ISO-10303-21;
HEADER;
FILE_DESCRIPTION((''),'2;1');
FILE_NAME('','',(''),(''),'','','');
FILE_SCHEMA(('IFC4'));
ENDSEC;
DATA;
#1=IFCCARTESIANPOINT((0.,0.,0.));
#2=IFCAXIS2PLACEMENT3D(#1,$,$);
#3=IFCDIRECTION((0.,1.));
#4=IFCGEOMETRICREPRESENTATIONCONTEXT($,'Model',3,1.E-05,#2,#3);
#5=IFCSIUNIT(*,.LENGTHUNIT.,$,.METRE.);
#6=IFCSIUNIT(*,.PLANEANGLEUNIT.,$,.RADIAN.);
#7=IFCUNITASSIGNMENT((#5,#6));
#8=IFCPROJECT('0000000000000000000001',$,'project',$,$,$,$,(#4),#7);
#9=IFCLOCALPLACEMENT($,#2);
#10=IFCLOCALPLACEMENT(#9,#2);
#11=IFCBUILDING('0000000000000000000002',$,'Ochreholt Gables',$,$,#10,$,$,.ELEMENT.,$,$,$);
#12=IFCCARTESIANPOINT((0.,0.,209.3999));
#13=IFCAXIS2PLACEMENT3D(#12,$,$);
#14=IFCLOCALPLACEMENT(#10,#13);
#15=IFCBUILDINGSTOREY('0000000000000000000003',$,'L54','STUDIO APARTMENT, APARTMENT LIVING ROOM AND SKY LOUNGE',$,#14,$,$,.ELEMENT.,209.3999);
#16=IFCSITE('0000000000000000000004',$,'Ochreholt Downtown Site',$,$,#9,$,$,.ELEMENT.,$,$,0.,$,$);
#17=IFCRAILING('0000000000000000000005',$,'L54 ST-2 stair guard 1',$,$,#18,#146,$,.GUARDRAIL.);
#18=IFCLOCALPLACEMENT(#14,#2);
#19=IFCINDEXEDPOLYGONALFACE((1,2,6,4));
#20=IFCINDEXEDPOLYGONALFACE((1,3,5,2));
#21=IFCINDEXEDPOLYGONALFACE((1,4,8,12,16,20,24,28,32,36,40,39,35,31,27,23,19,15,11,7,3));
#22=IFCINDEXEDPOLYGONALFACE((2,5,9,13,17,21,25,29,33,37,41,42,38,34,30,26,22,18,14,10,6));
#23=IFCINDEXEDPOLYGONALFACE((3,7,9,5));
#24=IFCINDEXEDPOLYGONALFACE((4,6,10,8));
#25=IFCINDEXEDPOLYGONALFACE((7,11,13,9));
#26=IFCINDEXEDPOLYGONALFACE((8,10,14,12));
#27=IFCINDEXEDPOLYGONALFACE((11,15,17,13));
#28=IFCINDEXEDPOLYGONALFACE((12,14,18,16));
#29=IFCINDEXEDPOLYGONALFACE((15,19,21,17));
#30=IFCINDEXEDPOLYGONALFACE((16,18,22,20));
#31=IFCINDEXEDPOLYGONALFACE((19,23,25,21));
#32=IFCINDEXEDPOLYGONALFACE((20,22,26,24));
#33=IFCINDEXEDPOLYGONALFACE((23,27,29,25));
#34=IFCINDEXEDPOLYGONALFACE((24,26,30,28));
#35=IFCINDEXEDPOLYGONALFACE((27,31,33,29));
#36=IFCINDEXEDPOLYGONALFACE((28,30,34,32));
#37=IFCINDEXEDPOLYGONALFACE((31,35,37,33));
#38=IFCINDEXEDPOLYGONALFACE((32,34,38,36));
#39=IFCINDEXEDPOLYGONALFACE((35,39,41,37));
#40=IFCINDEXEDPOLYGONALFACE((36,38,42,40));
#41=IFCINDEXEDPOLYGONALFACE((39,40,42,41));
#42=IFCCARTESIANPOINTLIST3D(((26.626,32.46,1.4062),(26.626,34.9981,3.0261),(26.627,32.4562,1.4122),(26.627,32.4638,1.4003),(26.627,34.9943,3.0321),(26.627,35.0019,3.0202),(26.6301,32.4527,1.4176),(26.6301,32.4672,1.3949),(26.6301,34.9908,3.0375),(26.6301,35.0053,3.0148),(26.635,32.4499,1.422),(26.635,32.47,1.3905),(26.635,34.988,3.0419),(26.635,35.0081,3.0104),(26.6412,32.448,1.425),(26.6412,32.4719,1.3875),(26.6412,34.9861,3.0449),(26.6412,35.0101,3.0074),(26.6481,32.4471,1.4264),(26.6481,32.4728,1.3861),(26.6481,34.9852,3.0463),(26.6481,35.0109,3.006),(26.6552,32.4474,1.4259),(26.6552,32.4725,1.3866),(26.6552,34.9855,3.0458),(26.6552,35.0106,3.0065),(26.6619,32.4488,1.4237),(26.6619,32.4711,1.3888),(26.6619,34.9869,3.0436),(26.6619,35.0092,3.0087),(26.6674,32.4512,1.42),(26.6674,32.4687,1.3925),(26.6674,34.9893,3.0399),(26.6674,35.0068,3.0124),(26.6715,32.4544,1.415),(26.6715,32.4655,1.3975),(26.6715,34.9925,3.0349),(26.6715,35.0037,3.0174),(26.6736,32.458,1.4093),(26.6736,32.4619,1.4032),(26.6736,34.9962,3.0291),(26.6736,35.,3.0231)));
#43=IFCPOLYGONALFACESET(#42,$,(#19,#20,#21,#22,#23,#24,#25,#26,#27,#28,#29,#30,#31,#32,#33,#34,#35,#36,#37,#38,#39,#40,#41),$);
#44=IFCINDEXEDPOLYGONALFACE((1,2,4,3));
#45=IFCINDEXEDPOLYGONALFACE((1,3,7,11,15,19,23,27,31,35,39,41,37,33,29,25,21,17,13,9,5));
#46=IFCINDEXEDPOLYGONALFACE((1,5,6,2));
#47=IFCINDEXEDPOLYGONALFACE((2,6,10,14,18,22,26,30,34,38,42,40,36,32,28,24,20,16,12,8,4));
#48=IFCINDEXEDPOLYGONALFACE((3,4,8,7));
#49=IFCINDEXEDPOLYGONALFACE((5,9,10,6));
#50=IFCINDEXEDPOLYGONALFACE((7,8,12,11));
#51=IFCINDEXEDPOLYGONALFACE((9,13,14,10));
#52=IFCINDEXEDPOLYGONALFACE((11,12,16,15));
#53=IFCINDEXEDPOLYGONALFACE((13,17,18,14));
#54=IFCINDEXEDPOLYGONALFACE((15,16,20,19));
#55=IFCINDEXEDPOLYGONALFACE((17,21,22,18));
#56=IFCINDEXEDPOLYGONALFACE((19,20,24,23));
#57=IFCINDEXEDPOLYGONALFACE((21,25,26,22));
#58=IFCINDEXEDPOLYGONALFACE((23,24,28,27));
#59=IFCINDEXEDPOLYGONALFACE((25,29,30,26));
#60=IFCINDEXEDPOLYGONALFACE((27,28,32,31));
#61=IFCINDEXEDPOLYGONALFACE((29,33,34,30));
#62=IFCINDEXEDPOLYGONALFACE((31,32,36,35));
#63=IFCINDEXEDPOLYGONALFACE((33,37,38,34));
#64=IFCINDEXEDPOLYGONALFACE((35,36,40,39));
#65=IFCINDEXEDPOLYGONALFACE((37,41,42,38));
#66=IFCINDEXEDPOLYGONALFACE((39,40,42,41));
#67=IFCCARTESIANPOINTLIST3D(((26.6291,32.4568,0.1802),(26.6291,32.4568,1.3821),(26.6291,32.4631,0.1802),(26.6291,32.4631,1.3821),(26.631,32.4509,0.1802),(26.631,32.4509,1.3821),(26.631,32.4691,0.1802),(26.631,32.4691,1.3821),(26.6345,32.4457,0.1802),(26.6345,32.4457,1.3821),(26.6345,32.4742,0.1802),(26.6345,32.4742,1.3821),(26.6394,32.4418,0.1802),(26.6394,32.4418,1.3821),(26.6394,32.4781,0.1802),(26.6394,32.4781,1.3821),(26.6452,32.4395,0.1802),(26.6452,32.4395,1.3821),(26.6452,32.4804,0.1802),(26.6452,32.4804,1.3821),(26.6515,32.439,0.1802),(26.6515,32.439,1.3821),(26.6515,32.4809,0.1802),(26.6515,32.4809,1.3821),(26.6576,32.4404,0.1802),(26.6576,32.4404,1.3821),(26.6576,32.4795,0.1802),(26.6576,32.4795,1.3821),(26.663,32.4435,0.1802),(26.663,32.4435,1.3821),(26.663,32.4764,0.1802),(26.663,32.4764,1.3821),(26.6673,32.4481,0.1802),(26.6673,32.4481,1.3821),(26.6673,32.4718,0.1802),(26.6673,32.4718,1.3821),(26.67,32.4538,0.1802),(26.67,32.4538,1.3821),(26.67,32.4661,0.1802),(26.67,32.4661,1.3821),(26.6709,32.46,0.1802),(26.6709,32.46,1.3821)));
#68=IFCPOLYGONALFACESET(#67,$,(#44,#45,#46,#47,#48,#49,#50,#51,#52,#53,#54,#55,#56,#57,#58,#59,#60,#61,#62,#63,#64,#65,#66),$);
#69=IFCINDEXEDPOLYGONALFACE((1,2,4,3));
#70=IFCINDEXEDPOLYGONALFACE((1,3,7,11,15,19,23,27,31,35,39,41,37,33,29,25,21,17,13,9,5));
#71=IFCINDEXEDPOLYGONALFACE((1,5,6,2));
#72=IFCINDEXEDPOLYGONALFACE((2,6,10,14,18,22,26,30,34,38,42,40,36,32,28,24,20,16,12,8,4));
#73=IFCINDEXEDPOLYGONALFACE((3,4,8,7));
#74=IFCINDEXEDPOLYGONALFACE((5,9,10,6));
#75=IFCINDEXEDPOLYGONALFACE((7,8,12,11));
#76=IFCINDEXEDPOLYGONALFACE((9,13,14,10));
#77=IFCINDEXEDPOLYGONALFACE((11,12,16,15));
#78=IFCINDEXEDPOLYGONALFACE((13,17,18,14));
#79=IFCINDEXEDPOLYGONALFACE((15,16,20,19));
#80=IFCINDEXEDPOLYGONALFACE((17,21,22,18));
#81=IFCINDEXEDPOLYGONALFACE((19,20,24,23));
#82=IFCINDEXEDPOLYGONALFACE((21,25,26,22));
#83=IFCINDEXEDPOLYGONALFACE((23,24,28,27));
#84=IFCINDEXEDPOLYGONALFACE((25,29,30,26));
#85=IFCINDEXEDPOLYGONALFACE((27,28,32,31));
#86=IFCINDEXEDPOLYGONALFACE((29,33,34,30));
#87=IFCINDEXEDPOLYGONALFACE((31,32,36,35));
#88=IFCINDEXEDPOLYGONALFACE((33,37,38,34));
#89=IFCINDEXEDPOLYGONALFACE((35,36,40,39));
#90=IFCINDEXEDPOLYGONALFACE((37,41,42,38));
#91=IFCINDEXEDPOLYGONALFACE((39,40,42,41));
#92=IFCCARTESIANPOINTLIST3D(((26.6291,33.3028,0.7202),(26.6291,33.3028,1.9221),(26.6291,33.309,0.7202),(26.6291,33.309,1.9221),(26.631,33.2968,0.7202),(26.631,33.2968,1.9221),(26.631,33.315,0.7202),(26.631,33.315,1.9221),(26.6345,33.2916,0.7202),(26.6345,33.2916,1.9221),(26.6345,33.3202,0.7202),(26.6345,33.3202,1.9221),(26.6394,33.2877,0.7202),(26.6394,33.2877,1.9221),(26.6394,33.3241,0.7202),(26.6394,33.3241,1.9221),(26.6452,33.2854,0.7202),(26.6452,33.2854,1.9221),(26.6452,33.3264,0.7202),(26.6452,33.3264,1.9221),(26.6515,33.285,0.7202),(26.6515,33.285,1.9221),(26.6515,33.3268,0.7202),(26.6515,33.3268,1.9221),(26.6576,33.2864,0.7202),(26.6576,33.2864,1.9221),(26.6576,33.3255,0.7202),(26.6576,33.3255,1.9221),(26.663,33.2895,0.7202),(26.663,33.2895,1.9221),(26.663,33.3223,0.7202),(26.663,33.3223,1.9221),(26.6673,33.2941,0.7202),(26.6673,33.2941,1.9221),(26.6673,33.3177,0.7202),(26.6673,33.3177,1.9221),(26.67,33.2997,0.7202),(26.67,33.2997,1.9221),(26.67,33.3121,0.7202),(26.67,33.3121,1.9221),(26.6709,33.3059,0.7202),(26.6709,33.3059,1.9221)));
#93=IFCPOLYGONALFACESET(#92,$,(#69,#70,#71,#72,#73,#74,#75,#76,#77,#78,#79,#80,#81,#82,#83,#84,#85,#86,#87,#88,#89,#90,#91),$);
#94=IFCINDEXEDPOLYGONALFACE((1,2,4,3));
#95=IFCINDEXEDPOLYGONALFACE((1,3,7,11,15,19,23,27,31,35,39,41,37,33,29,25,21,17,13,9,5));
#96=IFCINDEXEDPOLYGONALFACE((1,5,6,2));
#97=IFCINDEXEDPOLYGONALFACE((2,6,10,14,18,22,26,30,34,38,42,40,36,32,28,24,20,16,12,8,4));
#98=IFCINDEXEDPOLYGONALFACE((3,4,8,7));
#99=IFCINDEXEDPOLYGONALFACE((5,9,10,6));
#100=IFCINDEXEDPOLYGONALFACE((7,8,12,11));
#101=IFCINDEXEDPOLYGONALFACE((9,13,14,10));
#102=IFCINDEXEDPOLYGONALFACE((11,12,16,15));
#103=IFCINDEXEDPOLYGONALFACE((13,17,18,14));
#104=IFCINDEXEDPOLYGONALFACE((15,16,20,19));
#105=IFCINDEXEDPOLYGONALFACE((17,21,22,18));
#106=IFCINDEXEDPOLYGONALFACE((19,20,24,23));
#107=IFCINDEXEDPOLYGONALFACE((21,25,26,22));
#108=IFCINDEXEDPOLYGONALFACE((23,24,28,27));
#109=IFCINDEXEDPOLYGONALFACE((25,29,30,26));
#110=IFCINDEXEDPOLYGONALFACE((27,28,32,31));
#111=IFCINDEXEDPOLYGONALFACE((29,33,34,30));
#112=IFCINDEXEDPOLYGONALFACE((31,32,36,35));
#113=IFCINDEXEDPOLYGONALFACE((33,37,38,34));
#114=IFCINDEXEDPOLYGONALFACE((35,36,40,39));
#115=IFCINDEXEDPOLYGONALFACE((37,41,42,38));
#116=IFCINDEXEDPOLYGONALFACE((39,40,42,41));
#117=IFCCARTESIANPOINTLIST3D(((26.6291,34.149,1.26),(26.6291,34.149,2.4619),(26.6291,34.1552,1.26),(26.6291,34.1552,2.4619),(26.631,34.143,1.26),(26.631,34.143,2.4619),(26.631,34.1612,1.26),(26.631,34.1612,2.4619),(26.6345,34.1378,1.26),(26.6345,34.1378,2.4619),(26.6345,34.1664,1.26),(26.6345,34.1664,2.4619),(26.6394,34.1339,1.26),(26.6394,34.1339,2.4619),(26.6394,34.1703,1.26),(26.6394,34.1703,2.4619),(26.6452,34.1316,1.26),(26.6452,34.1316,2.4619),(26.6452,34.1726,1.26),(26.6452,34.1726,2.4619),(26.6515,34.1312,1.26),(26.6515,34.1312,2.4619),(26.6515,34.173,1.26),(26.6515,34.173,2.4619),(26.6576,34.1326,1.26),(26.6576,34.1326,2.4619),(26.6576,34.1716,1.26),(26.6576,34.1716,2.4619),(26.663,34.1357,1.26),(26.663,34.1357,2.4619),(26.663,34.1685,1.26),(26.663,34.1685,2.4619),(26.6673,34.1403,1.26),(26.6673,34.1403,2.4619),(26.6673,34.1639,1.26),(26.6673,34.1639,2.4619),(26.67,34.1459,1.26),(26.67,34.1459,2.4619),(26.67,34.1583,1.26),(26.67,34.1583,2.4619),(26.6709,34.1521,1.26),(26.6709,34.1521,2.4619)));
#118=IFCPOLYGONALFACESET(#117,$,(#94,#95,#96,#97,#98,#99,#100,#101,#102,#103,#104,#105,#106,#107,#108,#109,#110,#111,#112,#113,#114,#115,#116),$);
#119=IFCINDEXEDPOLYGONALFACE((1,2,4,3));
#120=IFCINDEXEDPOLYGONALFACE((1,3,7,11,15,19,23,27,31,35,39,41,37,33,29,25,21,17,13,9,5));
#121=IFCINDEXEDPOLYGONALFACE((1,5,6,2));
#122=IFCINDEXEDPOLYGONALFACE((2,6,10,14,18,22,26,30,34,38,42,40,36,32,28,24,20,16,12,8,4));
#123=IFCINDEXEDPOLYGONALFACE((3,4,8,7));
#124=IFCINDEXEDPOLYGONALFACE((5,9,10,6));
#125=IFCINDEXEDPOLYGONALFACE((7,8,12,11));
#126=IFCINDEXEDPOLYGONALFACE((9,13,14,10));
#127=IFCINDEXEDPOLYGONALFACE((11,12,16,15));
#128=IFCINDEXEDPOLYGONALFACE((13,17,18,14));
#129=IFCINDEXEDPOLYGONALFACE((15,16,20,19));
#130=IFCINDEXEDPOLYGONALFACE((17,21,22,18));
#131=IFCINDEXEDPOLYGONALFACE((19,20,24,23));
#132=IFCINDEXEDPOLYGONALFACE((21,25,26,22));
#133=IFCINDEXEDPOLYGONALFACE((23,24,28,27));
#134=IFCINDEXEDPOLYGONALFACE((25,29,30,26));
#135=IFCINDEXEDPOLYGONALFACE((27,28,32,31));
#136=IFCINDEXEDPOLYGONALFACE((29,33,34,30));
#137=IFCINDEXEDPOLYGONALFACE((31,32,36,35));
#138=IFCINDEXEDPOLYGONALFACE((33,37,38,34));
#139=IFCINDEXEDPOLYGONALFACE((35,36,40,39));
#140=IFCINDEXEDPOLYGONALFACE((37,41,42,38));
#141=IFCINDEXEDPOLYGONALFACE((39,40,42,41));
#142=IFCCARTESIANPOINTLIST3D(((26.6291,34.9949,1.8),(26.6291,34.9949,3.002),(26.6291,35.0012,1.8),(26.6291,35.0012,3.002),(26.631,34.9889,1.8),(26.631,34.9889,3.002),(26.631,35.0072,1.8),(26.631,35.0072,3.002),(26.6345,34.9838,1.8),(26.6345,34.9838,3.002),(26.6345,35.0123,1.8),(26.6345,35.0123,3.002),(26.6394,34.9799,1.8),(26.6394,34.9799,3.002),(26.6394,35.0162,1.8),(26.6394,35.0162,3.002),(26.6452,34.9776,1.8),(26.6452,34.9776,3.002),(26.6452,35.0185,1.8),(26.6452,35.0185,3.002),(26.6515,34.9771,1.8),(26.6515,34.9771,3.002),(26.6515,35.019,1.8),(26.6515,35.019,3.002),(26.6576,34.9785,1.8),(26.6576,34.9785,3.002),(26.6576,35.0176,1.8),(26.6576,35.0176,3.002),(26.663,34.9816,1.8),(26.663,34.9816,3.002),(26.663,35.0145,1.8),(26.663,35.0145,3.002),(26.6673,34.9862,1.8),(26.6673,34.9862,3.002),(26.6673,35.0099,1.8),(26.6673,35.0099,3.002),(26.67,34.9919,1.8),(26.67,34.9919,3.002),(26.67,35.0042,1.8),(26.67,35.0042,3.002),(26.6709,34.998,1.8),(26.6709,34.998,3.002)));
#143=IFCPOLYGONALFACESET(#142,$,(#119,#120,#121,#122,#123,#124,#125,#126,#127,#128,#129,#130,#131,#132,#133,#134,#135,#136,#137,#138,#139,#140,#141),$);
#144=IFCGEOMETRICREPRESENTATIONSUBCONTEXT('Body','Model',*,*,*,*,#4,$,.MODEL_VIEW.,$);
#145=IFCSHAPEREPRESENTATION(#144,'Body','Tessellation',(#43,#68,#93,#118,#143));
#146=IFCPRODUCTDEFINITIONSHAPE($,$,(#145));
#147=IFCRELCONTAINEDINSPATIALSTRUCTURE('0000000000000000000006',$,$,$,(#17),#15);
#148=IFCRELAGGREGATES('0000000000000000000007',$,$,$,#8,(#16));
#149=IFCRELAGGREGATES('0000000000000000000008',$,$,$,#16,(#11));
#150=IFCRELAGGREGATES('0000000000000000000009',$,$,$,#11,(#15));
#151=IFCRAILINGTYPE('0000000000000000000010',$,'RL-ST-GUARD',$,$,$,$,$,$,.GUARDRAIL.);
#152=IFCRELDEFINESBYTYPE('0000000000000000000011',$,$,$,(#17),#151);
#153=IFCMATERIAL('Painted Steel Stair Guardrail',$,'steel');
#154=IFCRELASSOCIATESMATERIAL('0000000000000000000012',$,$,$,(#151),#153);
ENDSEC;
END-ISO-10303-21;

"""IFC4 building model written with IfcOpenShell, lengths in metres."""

from ifc_helpers import new_model, si_unit, direction, frame, origin, origin_2d, place, context, subcontext, project, spatial, circle, extrude, material, type_object, element, save


model = new_model("IFC4")

# Units and contexts
model_context = context("Model", 3, precision=1e-05, world=origin(), true_north=direction((0.0, 1.0)))
body_context = subcontext(model_context, "Body", "Model", "MODEL_VIEW")
ifc_project = project(units=[si_unit("LENGTHUNIT", "METRE"), si_unit("PLANEANGLEUNIT", "RADIAN")], contexts=[model_context])

# Site, building, storey
site_placement = place(None, origin())
site = spatial("IfcSite", under=ifc_project, at=site_placement, Name="Ochreholt Downtown Site", CompositionType="ELEMENT", RefElevation=0.0)
building_placement = place(site_placement, origin())
building = spatial("IfcBuilding", under=site, at=building_placement, Name="Ochreholt Gables", CompositionType="ELEMENT")
storey_placement = place(building_placement, frame((0.0, 0.0, 209.3999)))
storey = spatial("IfcBuildingStorey", under=building, at=storey_placement, Name="L54", Description="STUDIO APARTMENT, APARTMENT LIVING ROOM AND SKY LOUNGE", CompositionType="ELEMENT", Elevation=209.3999)

# Railing
ifc_material_1 = material(Name="Painted Steel Stair Guardrail", Category="steel")
railing_type_1 = type_object("IfcRailingType", Name="RL-ST-GUARD", PredefinedType="GUARDRAIL", material=ifc_material_1)
railing_1_placement = place(storey_placement, frame((26.6499, 32.46, 0.1802)))
element("IfcRailing", 1, at=railing_1_placement, inside=storey, type_object=railing_type_1, Name="L54 ST-2 stair guard 1", PredefinedType="GUARDRAIL", context=body_context, shape_type="SweptSolid", body=[
    extrude(circle(Radius=0.0239, at=origin_2d()), frame((0.0, 0.0, 1.2261), z_axis=(0.0, 0.84295, 0.537993), x_axis=(-1.0, 0.0, 0.0)), (0.0, 0.0, 1.0), 3.011),
    extrude(circle(Radius=0.021, at=origin_2d()), origin(), (0.0, 0.0, 1.0), 1.2019),
    extrude(circle(Radius=0.021, at=origin_2d()), frame((0.0, 0.8459, 0.54)), (0.0, 0.0, 1.0), 1.2019),
    extrude(circle(Radius=0.021, at=origin_2d()), frame((0.0, 1.6921, 1.0798)), (0.0, 0.0, 1.0), 1.2019),
    extrude(circle(Radius=0.021, at=origin_2d()), frame((0.0, 2.5381, 1.6199)), (0.0, 0.0, 1.0), 1.2019),
])

save(model, "model.ifc")
